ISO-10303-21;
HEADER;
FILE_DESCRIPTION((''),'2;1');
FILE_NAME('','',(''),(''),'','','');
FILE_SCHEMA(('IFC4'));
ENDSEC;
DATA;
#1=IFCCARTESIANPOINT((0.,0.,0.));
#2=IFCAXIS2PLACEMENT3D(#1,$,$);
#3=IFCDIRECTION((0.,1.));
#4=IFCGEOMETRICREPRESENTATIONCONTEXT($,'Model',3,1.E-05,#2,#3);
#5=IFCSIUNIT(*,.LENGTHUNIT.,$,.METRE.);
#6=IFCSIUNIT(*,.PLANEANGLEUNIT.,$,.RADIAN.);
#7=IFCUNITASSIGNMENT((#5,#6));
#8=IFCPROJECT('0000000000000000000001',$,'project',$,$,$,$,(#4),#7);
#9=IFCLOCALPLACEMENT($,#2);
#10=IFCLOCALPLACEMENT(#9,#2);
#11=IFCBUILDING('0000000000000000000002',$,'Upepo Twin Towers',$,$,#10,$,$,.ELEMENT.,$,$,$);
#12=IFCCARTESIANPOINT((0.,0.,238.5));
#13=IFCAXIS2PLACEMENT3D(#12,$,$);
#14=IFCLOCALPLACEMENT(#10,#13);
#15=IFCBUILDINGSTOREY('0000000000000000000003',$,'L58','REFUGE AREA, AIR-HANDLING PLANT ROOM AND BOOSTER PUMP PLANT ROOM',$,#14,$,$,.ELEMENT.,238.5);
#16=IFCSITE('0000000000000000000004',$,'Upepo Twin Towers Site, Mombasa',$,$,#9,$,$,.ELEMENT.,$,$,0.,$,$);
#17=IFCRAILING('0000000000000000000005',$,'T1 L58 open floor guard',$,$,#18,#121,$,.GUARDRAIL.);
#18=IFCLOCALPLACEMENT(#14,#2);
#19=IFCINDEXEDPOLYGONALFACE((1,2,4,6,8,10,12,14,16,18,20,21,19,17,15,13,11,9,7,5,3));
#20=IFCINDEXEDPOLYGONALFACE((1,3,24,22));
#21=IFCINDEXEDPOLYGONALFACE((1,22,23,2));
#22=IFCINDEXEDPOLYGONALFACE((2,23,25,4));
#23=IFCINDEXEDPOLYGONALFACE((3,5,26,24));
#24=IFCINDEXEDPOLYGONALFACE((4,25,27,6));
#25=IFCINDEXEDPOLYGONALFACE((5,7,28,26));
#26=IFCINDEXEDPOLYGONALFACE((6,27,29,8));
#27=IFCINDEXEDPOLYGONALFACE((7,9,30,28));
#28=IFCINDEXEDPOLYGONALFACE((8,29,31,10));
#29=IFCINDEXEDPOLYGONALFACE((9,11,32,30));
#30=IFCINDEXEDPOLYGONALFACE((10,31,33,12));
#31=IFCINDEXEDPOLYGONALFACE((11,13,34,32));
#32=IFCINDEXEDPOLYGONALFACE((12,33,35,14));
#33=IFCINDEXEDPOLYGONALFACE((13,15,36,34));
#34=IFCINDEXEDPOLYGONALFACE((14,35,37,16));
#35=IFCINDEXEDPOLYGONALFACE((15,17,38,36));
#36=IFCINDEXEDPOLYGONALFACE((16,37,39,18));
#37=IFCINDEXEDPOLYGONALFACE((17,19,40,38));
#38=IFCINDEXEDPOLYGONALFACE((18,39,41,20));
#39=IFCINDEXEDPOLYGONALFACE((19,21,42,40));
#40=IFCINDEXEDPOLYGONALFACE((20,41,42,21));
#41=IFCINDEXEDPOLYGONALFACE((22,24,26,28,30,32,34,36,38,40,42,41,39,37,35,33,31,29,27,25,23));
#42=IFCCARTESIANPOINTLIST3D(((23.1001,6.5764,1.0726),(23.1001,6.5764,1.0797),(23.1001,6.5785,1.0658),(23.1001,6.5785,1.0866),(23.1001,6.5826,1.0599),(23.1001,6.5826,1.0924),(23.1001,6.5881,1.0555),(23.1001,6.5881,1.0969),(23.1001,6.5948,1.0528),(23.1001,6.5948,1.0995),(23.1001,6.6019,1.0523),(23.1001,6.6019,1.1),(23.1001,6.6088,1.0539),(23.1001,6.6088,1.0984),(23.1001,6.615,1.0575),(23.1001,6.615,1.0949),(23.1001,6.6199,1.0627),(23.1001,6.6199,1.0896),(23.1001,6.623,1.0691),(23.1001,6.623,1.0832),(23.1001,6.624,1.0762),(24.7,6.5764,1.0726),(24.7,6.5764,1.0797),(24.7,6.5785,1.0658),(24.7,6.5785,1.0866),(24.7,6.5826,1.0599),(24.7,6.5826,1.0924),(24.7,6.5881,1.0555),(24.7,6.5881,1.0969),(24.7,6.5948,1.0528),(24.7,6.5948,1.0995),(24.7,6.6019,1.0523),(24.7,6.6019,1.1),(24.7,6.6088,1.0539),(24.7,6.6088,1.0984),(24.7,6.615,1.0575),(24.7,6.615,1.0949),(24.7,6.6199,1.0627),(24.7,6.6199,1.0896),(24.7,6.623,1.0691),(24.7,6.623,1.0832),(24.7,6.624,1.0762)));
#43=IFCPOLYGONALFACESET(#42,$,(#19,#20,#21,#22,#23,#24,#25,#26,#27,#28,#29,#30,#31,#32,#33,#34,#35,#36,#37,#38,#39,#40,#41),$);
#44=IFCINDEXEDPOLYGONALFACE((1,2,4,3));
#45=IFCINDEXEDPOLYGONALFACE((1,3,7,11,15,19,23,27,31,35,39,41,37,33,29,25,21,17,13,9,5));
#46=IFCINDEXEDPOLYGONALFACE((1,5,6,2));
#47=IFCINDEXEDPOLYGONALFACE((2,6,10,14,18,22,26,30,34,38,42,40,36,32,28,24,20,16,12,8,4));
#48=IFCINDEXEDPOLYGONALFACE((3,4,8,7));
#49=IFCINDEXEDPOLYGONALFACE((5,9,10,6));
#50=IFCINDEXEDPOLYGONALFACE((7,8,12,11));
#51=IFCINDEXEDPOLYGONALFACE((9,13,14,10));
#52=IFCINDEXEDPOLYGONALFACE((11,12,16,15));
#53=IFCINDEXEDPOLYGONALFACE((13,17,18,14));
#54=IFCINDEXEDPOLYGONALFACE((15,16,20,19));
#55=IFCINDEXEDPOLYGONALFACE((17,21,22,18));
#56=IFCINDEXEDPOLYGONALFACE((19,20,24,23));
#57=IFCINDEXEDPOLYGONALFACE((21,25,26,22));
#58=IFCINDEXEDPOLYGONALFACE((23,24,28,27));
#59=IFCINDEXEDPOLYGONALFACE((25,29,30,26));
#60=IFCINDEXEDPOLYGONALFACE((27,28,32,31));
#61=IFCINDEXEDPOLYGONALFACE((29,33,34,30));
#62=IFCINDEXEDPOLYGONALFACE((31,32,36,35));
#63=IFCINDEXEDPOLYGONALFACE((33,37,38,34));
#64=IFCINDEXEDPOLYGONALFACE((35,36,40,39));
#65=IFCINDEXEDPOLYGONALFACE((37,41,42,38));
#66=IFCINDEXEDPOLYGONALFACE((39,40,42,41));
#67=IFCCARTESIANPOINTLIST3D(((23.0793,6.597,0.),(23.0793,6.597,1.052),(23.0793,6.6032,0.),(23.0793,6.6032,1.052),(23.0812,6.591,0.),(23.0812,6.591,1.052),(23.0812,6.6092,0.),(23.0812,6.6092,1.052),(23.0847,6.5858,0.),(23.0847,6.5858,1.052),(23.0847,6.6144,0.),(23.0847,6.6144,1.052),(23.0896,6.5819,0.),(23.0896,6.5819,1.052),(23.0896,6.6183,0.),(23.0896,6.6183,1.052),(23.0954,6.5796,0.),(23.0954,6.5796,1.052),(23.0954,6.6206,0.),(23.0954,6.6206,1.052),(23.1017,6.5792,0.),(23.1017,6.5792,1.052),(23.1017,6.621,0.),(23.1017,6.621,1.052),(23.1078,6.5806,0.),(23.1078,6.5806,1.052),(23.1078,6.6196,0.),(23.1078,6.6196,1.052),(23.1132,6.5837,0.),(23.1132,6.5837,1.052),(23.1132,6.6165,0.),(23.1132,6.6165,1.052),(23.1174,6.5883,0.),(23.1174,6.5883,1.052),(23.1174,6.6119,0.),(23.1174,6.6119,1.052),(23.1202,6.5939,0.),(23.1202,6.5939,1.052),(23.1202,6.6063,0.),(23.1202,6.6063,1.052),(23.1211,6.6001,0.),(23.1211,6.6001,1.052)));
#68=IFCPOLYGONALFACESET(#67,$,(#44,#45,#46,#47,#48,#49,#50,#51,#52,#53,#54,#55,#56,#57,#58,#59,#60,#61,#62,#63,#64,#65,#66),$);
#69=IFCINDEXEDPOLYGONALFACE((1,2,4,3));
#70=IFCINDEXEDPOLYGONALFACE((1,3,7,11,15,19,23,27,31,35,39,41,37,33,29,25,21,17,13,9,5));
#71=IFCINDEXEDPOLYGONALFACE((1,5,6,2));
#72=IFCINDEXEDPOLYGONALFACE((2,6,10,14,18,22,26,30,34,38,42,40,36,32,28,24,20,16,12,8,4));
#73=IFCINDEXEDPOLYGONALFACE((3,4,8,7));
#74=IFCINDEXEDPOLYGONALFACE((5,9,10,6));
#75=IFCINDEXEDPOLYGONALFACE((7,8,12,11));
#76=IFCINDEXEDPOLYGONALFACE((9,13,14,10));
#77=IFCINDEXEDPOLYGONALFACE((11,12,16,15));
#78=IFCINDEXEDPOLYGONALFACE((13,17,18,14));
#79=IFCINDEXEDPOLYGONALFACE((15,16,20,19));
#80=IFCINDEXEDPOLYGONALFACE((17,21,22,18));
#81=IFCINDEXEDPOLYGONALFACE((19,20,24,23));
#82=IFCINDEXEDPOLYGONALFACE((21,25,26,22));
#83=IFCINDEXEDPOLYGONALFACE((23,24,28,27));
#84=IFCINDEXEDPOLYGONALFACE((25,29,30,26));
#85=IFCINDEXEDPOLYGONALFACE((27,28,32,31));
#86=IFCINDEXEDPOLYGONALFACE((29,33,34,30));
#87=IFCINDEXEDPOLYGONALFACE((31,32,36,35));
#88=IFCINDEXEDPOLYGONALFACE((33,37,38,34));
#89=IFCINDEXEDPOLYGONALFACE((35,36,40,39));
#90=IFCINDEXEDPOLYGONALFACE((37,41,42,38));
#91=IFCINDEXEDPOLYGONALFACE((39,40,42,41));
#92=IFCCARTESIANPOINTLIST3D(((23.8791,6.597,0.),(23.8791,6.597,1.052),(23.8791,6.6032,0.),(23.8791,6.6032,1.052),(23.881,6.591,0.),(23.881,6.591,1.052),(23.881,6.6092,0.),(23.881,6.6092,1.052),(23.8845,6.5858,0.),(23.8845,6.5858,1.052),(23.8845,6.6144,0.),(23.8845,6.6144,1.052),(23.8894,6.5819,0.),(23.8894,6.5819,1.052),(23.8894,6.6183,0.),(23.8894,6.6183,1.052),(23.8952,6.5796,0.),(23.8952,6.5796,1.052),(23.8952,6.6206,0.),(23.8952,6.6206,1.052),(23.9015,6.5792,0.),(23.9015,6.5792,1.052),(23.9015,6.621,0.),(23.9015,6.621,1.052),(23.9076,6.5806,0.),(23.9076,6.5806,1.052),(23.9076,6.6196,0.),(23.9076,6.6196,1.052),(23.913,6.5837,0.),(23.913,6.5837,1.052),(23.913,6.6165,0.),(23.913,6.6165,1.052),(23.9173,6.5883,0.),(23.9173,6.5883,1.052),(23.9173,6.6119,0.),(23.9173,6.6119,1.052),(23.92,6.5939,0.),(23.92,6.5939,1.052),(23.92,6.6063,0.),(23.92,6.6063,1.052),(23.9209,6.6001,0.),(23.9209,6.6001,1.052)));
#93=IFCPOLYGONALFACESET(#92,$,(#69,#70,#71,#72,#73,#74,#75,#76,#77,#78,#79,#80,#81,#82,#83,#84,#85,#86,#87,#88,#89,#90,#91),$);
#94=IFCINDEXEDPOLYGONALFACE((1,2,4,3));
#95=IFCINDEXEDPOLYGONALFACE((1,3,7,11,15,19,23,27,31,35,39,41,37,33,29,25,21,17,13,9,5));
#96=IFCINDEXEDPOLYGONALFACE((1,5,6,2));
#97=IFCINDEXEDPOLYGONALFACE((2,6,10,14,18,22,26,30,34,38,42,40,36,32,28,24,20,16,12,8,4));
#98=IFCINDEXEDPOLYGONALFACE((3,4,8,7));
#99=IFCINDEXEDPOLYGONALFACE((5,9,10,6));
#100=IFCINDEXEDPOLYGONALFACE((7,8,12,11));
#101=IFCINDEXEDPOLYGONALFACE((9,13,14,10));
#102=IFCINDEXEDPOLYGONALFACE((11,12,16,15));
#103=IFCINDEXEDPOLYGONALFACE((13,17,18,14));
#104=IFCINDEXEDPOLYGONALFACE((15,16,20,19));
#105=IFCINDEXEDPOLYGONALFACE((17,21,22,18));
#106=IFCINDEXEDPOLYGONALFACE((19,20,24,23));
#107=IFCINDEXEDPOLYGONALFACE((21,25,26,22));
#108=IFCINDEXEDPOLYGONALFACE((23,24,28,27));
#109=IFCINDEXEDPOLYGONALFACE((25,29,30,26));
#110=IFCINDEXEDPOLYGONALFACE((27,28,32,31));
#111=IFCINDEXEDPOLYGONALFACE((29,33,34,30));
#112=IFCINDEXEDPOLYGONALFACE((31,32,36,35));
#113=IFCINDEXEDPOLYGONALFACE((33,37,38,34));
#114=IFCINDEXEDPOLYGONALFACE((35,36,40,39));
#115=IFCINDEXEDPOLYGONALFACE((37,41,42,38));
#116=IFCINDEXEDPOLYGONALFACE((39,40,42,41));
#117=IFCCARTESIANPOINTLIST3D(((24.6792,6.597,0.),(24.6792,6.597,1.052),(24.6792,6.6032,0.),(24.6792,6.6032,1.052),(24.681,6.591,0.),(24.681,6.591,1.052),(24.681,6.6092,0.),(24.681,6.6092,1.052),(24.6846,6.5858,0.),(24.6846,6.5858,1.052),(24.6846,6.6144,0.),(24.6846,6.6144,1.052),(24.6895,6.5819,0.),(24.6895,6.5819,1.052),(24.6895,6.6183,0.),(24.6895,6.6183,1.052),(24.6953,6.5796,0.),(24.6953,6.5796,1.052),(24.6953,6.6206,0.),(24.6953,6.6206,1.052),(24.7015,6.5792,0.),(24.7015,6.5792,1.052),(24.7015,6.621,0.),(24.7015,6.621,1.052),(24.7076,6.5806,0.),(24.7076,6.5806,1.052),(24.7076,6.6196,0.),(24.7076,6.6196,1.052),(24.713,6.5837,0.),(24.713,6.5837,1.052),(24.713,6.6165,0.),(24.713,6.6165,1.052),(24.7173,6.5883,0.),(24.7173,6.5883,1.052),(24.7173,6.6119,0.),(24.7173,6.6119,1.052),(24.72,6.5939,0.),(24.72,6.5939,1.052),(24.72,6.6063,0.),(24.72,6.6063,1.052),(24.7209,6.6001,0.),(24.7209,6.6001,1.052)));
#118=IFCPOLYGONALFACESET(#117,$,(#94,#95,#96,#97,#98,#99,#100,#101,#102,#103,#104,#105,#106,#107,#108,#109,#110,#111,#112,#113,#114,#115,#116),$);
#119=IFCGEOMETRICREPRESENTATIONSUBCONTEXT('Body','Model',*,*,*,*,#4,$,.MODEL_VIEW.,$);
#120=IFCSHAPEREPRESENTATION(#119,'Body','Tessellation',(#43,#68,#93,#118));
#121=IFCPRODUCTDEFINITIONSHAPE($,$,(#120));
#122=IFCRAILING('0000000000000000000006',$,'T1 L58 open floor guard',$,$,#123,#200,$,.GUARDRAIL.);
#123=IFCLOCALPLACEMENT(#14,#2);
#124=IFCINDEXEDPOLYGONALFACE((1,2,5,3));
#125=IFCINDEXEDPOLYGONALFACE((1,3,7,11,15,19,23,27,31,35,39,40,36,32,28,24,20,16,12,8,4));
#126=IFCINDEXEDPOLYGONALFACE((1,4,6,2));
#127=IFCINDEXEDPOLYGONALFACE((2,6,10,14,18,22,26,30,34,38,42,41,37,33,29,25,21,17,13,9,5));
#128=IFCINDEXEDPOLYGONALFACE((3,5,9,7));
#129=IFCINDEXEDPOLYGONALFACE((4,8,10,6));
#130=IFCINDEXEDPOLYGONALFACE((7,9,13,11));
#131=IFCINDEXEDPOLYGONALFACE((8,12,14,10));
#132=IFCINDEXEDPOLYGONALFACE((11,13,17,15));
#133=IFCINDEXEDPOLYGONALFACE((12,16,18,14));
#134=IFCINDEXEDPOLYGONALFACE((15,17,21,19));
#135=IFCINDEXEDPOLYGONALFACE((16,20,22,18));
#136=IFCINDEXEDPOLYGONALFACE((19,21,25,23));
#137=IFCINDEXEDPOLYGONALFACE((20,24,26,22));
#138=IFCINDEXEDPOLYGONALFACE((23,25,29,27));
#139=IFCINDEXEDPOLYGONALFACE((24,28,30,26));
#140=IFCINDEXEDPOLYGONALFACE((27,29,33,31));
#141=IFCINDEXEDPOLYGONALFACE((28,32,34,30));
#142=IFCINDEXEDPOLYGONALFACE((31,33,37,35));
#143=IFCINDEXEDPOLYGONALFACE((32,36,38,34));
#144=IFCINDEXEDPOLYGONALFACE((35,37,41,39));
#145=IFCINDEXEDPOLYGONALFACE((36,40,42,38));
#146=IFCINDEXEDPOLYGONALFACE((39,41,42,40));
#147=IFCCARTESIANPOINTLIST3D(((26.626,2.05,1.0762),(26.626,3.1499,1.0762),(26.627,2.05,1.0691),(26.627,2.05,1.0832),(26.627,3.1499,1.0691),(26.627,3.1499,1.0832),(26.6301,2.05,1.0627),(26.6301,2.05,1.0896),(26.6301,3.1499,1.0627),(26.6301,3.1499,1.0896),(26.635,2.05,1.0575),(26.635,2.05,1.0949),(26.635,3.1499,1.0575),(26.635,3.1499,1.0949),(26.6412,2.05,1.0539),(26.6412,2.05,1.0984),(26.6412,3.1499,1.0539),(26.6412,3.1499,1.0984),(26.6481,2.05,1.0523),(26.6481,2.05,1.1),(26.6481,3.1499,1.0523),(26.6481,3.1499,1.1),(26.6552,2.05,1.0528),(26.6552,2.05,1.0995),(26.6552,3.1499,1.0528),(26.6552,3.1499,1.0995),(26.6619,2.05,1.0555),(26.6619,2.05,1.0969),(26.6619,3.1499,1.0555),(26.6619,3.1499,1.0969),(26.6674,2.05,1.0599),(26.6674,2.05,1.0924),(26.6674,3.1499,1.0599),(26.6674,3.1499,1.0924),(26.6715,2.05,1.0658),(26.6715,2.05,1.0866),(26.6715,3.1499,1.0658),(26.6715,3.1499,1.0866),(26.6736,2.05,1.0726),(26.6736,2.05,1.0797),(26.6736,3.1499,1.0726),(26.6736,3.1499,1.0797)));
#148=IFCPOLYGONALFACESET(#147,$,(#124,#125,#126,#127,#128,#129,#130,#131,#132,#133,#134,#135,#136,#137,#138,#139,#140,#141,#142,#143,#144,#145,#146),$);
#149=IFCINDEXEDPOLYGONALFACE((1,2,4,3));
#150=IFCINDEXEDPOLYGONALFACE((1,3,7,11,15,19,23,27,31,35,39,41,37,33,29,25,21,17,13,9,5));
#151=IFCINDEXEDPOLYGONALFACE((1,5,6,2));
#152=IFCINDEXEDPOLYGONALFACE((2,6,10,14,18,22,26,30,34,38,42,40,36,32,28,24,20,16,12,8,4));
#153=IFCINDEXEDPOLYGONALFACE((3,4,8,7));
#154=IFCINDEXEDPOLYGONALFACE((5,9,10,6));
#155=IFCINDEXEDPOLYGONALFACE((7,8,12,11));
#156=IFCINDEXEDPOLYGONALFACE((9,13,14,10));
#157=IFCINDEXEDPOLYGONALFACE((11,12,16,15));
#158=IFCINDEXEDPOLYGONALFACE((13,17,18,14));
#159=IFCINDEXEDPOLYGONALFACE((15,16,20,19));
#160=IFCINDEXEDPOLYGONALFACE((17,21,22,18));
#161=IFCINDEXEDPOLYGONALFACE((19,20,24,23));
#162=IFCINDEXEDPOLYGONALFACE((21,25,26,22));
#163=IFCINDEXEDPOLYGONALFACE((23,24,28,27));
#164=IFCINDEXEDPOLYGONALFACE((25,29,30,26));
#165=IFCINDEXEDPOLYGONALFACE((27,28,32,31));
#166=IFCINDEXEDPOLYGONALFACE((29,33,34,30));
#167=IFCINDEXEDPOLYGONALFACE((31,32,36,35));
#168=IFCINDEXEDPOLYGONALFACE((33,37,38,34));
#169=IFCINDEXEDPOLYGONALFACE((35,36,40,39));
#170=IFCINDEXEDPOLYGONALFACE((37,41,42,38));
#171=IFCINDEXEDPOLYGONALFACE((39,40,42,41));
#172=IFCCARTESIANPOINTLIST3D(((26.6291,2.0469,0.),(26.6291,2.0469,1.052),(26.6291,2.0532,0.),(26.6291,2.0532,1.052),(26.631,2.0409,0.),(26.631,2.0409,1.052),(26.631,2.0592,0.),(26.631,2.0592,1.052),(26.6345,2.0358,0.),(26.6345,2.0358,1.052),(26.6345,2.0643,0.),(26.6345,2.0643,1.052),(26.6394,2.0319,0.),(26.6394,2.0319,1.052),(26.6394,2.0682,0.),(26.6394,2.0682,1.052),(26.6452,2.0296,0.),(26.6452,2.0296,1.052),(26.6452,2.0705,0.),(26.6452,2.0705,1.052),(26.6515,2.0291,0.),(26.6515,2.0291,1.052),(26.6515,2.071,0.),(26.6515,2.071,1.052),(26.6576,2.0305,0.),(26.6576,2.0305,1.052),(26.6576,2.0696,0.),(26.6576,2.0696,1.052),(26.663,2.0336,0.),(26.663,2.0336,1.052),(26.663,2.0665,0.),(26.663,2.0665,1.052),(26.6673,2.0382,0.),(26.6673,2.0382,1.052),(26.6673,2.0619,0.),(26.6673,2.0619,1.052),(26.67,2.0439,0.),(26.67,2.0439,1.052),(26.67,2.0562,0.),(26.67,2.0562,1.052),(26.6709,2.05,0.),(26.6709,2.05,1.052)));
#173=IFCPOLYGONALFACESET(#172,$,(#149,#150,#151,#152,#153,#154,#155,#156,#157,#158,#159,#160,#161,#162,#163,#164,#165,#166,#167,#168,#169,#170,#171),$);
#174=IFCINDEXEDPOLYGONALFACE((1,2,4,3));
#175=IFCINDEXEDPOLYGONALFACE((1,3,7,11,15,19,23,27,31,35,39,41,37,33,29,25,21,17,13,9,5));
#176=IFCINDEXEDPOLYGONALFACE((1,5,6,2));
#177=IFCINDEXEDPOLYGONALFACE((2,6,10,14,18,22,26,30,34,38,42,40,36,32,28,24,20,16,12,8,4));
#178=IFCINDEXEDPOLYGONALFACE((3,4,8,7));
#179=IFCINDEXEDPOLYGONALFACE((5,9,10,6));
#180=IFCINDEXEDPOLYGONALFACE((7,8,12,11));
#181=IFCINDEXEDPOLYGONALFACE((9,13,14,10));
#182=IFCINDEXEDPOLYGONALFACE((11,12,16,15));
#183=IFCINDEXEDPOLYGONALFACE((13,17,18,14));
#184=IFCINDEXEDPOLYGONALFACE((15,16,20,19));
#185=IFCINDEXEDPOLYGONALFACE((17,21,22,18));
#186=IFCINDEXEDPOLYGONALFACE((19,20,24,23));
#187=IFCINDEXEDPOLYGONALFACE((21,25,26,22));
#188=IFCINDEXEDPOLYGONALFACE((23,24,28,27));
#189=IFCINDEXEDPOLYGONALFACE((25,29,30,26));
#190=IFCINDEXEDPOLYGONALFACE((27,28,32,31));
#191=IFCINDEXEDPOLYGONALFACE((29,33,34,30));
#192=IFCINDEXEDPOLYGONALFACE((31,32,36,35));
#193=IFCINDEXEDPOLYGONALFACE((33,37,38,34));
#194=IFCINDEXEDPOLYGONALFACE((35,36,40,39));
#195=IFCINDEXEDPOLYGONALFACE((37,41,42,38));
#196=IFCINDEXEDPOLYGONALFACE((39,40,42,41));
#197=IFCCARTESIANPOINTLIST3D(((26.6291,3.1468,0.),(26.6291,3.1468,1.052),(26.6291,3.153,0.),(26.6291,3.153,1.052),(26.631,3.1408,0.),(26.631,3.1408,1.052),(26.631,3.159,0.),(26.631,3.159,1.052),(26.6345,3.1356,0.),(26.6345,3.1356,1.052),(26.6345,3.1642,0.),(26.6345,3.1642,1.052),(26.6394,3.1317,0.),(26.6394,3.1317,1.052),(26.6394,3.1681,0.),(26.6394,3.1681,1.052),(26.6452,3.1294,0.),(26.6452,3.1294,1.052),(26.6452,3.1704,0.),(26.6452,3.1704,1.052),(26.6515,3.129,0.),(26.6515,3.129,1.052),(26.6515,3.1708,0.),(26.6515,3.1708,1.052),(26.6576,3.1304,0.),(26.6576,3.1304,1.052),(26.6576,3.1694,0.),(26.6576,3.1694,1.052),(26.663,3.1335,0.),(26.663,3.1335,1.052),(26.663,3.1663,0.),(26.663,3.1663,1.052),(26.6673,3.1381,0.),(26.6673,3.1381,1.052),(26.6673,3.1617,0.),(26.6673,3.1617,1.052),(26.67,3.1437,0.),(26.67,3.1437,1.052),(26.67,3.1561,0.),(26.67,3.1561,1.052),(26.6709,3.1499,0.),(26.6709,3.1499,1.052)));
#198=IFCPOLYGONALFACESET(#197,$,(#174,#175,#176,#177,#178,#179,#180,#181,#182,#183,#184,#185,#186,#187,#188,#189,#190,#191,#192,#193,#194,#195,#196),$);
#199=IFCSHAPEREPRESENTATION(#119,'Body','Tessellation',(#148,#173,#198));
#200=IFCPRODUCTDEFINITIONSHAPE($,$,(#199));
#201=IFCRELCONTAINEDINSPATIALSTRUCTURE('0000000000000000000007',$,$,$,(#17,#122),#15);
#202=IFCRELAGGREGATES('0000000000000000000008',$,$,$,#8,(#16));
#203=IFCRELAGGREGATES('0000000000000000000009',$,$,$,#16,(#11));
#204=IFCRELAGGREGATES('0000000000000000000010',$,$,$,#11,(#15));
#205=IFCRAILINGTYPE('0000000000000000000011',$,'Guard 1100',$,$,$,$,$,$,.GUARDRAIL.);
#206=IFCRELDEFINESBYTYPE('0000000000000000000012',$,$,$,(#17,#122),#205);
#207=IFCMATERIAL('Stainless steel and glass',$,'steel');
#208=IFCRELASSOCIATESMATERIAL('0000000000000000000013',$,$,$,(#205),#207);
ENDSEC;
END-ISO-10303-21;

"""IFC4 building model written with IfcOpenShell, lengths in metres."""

from ifc_helpers import new_model, si_unit, direction, frame, origin, origin_2d, place, context, subcontext, project, spatial, circle, extrude, material, type_object, element, save


model = new_model("IFC4")

# Units and contexts
model_context = context("Model", 3, precision=1e-05, world=origin(), true_north=direction((0.0, 1.0)))
body_context = subcontext(model_context, "Body", "Model", "MODEL_VIEW")
ifc_project = project(units=[si_unit("LENGTHUNIT", "METRE"), si_unit("PLANEANGLEUNIT", "RADIAN")], contexts=[model_context])

# Site, building, storey
site_placement = place(None, origin())
site = spatial("IfcSite", under=ifc_project, at=site_placement, Name="Upepo Twin Towers Site, Mombasa", CompositionType="ELEMENT", RefElevation=0.0)
building_placement = place(site_placement, origin())
building = spatial("IfcBuilding", under=site, at=building_placement, Name="Upepo Twin Towers", CompositionType="ELEMENT")
storey_placement = place(building_placement, frame((0.0, 0.0, 238.5)))
storey = spatial("IfcBuildingStorey", under=building, at=storey_placement, Name="L58", Description="REFUGE AREA, AIR-HANDLING PLANT ROOM AND BOOSTER PUMP PLANT ROOM", CompositionType="ELEMENT", Elevation=238.5)

# Railings
ifc_material_1 = material(Name="Stainless steel and glass", Category="steel")
railing_type = type_object("IfcRailingType", Name="Guard 1100", PredefinedType="GUARDRAIL", material=ifc_material_1)
railing_1_placement = place(storey_placement, frame((23.1001, 6.6001, 0.0)))
element("IfcRailing", 1, at=railing_1_placement, inside=storey, type_object=railing_type, Name="T1 L58 open floor guard", PredefinedType="GUARDRAIL", context=body_context, shape_type="SweptSolid", body=[
    extrude(circle(Radius=0.0239, at=origin_2d()), frame((0.0, 0.0, 1.0762), z_axis=(1.0, 0.0, 0.0), x_axis=(0.0, 1.0, 0.0)), (0.0, 0.0, 1.0), 1.5999),
    extrude(circle(Radius=0.021, at=origin_2d()), origin(), (0.0, 0.0, 1.0), 1.052),
    extrude(circle(Radius=0.021, at=origin_2d()), frame((0.7998, 0.0, 0.0)), (0.0, 0.0, 1.0), 1.052),
    extrude(circle(Radius=0.021, at=origin_2d()), frame((1.5999, 0.0, 0.0)), (0.0, 0.0, 1.0), 1.052),
])
railing_2_placement = place(storey_placement, frame((26.6499, 2.05, 0.0)))
element("IfcRailing", 2, at=railing_2_placement, inside=storey, type_object=railing_type, Name="T1 L58 open floor guard", PredefinedType="GUARDRAIL", context=body_context, shape_type="SweptSolid", body=[
    extrude(circle(Radius=0.0239, at=origin_2d()), frame((0.0, 0.0, 1.0762), z_axis=(0.0, 1.0, 0.0), x_axis=(-1.0, 0.0, 0.0)), (0.0, 0.0, 1.0), 1.0999),
    extrude(circle(Radius=0.021, at=origin_2d()), origin(), (0.0, 0.0, 1.0), 1.052),
    extrude(circle(Radius=0.021, at=origin_2d()), frame((0.0, 1.0999, 0.0)), (0.0, 0.0, 1.0), 1.052),
])

save(model, "model.ifc")
